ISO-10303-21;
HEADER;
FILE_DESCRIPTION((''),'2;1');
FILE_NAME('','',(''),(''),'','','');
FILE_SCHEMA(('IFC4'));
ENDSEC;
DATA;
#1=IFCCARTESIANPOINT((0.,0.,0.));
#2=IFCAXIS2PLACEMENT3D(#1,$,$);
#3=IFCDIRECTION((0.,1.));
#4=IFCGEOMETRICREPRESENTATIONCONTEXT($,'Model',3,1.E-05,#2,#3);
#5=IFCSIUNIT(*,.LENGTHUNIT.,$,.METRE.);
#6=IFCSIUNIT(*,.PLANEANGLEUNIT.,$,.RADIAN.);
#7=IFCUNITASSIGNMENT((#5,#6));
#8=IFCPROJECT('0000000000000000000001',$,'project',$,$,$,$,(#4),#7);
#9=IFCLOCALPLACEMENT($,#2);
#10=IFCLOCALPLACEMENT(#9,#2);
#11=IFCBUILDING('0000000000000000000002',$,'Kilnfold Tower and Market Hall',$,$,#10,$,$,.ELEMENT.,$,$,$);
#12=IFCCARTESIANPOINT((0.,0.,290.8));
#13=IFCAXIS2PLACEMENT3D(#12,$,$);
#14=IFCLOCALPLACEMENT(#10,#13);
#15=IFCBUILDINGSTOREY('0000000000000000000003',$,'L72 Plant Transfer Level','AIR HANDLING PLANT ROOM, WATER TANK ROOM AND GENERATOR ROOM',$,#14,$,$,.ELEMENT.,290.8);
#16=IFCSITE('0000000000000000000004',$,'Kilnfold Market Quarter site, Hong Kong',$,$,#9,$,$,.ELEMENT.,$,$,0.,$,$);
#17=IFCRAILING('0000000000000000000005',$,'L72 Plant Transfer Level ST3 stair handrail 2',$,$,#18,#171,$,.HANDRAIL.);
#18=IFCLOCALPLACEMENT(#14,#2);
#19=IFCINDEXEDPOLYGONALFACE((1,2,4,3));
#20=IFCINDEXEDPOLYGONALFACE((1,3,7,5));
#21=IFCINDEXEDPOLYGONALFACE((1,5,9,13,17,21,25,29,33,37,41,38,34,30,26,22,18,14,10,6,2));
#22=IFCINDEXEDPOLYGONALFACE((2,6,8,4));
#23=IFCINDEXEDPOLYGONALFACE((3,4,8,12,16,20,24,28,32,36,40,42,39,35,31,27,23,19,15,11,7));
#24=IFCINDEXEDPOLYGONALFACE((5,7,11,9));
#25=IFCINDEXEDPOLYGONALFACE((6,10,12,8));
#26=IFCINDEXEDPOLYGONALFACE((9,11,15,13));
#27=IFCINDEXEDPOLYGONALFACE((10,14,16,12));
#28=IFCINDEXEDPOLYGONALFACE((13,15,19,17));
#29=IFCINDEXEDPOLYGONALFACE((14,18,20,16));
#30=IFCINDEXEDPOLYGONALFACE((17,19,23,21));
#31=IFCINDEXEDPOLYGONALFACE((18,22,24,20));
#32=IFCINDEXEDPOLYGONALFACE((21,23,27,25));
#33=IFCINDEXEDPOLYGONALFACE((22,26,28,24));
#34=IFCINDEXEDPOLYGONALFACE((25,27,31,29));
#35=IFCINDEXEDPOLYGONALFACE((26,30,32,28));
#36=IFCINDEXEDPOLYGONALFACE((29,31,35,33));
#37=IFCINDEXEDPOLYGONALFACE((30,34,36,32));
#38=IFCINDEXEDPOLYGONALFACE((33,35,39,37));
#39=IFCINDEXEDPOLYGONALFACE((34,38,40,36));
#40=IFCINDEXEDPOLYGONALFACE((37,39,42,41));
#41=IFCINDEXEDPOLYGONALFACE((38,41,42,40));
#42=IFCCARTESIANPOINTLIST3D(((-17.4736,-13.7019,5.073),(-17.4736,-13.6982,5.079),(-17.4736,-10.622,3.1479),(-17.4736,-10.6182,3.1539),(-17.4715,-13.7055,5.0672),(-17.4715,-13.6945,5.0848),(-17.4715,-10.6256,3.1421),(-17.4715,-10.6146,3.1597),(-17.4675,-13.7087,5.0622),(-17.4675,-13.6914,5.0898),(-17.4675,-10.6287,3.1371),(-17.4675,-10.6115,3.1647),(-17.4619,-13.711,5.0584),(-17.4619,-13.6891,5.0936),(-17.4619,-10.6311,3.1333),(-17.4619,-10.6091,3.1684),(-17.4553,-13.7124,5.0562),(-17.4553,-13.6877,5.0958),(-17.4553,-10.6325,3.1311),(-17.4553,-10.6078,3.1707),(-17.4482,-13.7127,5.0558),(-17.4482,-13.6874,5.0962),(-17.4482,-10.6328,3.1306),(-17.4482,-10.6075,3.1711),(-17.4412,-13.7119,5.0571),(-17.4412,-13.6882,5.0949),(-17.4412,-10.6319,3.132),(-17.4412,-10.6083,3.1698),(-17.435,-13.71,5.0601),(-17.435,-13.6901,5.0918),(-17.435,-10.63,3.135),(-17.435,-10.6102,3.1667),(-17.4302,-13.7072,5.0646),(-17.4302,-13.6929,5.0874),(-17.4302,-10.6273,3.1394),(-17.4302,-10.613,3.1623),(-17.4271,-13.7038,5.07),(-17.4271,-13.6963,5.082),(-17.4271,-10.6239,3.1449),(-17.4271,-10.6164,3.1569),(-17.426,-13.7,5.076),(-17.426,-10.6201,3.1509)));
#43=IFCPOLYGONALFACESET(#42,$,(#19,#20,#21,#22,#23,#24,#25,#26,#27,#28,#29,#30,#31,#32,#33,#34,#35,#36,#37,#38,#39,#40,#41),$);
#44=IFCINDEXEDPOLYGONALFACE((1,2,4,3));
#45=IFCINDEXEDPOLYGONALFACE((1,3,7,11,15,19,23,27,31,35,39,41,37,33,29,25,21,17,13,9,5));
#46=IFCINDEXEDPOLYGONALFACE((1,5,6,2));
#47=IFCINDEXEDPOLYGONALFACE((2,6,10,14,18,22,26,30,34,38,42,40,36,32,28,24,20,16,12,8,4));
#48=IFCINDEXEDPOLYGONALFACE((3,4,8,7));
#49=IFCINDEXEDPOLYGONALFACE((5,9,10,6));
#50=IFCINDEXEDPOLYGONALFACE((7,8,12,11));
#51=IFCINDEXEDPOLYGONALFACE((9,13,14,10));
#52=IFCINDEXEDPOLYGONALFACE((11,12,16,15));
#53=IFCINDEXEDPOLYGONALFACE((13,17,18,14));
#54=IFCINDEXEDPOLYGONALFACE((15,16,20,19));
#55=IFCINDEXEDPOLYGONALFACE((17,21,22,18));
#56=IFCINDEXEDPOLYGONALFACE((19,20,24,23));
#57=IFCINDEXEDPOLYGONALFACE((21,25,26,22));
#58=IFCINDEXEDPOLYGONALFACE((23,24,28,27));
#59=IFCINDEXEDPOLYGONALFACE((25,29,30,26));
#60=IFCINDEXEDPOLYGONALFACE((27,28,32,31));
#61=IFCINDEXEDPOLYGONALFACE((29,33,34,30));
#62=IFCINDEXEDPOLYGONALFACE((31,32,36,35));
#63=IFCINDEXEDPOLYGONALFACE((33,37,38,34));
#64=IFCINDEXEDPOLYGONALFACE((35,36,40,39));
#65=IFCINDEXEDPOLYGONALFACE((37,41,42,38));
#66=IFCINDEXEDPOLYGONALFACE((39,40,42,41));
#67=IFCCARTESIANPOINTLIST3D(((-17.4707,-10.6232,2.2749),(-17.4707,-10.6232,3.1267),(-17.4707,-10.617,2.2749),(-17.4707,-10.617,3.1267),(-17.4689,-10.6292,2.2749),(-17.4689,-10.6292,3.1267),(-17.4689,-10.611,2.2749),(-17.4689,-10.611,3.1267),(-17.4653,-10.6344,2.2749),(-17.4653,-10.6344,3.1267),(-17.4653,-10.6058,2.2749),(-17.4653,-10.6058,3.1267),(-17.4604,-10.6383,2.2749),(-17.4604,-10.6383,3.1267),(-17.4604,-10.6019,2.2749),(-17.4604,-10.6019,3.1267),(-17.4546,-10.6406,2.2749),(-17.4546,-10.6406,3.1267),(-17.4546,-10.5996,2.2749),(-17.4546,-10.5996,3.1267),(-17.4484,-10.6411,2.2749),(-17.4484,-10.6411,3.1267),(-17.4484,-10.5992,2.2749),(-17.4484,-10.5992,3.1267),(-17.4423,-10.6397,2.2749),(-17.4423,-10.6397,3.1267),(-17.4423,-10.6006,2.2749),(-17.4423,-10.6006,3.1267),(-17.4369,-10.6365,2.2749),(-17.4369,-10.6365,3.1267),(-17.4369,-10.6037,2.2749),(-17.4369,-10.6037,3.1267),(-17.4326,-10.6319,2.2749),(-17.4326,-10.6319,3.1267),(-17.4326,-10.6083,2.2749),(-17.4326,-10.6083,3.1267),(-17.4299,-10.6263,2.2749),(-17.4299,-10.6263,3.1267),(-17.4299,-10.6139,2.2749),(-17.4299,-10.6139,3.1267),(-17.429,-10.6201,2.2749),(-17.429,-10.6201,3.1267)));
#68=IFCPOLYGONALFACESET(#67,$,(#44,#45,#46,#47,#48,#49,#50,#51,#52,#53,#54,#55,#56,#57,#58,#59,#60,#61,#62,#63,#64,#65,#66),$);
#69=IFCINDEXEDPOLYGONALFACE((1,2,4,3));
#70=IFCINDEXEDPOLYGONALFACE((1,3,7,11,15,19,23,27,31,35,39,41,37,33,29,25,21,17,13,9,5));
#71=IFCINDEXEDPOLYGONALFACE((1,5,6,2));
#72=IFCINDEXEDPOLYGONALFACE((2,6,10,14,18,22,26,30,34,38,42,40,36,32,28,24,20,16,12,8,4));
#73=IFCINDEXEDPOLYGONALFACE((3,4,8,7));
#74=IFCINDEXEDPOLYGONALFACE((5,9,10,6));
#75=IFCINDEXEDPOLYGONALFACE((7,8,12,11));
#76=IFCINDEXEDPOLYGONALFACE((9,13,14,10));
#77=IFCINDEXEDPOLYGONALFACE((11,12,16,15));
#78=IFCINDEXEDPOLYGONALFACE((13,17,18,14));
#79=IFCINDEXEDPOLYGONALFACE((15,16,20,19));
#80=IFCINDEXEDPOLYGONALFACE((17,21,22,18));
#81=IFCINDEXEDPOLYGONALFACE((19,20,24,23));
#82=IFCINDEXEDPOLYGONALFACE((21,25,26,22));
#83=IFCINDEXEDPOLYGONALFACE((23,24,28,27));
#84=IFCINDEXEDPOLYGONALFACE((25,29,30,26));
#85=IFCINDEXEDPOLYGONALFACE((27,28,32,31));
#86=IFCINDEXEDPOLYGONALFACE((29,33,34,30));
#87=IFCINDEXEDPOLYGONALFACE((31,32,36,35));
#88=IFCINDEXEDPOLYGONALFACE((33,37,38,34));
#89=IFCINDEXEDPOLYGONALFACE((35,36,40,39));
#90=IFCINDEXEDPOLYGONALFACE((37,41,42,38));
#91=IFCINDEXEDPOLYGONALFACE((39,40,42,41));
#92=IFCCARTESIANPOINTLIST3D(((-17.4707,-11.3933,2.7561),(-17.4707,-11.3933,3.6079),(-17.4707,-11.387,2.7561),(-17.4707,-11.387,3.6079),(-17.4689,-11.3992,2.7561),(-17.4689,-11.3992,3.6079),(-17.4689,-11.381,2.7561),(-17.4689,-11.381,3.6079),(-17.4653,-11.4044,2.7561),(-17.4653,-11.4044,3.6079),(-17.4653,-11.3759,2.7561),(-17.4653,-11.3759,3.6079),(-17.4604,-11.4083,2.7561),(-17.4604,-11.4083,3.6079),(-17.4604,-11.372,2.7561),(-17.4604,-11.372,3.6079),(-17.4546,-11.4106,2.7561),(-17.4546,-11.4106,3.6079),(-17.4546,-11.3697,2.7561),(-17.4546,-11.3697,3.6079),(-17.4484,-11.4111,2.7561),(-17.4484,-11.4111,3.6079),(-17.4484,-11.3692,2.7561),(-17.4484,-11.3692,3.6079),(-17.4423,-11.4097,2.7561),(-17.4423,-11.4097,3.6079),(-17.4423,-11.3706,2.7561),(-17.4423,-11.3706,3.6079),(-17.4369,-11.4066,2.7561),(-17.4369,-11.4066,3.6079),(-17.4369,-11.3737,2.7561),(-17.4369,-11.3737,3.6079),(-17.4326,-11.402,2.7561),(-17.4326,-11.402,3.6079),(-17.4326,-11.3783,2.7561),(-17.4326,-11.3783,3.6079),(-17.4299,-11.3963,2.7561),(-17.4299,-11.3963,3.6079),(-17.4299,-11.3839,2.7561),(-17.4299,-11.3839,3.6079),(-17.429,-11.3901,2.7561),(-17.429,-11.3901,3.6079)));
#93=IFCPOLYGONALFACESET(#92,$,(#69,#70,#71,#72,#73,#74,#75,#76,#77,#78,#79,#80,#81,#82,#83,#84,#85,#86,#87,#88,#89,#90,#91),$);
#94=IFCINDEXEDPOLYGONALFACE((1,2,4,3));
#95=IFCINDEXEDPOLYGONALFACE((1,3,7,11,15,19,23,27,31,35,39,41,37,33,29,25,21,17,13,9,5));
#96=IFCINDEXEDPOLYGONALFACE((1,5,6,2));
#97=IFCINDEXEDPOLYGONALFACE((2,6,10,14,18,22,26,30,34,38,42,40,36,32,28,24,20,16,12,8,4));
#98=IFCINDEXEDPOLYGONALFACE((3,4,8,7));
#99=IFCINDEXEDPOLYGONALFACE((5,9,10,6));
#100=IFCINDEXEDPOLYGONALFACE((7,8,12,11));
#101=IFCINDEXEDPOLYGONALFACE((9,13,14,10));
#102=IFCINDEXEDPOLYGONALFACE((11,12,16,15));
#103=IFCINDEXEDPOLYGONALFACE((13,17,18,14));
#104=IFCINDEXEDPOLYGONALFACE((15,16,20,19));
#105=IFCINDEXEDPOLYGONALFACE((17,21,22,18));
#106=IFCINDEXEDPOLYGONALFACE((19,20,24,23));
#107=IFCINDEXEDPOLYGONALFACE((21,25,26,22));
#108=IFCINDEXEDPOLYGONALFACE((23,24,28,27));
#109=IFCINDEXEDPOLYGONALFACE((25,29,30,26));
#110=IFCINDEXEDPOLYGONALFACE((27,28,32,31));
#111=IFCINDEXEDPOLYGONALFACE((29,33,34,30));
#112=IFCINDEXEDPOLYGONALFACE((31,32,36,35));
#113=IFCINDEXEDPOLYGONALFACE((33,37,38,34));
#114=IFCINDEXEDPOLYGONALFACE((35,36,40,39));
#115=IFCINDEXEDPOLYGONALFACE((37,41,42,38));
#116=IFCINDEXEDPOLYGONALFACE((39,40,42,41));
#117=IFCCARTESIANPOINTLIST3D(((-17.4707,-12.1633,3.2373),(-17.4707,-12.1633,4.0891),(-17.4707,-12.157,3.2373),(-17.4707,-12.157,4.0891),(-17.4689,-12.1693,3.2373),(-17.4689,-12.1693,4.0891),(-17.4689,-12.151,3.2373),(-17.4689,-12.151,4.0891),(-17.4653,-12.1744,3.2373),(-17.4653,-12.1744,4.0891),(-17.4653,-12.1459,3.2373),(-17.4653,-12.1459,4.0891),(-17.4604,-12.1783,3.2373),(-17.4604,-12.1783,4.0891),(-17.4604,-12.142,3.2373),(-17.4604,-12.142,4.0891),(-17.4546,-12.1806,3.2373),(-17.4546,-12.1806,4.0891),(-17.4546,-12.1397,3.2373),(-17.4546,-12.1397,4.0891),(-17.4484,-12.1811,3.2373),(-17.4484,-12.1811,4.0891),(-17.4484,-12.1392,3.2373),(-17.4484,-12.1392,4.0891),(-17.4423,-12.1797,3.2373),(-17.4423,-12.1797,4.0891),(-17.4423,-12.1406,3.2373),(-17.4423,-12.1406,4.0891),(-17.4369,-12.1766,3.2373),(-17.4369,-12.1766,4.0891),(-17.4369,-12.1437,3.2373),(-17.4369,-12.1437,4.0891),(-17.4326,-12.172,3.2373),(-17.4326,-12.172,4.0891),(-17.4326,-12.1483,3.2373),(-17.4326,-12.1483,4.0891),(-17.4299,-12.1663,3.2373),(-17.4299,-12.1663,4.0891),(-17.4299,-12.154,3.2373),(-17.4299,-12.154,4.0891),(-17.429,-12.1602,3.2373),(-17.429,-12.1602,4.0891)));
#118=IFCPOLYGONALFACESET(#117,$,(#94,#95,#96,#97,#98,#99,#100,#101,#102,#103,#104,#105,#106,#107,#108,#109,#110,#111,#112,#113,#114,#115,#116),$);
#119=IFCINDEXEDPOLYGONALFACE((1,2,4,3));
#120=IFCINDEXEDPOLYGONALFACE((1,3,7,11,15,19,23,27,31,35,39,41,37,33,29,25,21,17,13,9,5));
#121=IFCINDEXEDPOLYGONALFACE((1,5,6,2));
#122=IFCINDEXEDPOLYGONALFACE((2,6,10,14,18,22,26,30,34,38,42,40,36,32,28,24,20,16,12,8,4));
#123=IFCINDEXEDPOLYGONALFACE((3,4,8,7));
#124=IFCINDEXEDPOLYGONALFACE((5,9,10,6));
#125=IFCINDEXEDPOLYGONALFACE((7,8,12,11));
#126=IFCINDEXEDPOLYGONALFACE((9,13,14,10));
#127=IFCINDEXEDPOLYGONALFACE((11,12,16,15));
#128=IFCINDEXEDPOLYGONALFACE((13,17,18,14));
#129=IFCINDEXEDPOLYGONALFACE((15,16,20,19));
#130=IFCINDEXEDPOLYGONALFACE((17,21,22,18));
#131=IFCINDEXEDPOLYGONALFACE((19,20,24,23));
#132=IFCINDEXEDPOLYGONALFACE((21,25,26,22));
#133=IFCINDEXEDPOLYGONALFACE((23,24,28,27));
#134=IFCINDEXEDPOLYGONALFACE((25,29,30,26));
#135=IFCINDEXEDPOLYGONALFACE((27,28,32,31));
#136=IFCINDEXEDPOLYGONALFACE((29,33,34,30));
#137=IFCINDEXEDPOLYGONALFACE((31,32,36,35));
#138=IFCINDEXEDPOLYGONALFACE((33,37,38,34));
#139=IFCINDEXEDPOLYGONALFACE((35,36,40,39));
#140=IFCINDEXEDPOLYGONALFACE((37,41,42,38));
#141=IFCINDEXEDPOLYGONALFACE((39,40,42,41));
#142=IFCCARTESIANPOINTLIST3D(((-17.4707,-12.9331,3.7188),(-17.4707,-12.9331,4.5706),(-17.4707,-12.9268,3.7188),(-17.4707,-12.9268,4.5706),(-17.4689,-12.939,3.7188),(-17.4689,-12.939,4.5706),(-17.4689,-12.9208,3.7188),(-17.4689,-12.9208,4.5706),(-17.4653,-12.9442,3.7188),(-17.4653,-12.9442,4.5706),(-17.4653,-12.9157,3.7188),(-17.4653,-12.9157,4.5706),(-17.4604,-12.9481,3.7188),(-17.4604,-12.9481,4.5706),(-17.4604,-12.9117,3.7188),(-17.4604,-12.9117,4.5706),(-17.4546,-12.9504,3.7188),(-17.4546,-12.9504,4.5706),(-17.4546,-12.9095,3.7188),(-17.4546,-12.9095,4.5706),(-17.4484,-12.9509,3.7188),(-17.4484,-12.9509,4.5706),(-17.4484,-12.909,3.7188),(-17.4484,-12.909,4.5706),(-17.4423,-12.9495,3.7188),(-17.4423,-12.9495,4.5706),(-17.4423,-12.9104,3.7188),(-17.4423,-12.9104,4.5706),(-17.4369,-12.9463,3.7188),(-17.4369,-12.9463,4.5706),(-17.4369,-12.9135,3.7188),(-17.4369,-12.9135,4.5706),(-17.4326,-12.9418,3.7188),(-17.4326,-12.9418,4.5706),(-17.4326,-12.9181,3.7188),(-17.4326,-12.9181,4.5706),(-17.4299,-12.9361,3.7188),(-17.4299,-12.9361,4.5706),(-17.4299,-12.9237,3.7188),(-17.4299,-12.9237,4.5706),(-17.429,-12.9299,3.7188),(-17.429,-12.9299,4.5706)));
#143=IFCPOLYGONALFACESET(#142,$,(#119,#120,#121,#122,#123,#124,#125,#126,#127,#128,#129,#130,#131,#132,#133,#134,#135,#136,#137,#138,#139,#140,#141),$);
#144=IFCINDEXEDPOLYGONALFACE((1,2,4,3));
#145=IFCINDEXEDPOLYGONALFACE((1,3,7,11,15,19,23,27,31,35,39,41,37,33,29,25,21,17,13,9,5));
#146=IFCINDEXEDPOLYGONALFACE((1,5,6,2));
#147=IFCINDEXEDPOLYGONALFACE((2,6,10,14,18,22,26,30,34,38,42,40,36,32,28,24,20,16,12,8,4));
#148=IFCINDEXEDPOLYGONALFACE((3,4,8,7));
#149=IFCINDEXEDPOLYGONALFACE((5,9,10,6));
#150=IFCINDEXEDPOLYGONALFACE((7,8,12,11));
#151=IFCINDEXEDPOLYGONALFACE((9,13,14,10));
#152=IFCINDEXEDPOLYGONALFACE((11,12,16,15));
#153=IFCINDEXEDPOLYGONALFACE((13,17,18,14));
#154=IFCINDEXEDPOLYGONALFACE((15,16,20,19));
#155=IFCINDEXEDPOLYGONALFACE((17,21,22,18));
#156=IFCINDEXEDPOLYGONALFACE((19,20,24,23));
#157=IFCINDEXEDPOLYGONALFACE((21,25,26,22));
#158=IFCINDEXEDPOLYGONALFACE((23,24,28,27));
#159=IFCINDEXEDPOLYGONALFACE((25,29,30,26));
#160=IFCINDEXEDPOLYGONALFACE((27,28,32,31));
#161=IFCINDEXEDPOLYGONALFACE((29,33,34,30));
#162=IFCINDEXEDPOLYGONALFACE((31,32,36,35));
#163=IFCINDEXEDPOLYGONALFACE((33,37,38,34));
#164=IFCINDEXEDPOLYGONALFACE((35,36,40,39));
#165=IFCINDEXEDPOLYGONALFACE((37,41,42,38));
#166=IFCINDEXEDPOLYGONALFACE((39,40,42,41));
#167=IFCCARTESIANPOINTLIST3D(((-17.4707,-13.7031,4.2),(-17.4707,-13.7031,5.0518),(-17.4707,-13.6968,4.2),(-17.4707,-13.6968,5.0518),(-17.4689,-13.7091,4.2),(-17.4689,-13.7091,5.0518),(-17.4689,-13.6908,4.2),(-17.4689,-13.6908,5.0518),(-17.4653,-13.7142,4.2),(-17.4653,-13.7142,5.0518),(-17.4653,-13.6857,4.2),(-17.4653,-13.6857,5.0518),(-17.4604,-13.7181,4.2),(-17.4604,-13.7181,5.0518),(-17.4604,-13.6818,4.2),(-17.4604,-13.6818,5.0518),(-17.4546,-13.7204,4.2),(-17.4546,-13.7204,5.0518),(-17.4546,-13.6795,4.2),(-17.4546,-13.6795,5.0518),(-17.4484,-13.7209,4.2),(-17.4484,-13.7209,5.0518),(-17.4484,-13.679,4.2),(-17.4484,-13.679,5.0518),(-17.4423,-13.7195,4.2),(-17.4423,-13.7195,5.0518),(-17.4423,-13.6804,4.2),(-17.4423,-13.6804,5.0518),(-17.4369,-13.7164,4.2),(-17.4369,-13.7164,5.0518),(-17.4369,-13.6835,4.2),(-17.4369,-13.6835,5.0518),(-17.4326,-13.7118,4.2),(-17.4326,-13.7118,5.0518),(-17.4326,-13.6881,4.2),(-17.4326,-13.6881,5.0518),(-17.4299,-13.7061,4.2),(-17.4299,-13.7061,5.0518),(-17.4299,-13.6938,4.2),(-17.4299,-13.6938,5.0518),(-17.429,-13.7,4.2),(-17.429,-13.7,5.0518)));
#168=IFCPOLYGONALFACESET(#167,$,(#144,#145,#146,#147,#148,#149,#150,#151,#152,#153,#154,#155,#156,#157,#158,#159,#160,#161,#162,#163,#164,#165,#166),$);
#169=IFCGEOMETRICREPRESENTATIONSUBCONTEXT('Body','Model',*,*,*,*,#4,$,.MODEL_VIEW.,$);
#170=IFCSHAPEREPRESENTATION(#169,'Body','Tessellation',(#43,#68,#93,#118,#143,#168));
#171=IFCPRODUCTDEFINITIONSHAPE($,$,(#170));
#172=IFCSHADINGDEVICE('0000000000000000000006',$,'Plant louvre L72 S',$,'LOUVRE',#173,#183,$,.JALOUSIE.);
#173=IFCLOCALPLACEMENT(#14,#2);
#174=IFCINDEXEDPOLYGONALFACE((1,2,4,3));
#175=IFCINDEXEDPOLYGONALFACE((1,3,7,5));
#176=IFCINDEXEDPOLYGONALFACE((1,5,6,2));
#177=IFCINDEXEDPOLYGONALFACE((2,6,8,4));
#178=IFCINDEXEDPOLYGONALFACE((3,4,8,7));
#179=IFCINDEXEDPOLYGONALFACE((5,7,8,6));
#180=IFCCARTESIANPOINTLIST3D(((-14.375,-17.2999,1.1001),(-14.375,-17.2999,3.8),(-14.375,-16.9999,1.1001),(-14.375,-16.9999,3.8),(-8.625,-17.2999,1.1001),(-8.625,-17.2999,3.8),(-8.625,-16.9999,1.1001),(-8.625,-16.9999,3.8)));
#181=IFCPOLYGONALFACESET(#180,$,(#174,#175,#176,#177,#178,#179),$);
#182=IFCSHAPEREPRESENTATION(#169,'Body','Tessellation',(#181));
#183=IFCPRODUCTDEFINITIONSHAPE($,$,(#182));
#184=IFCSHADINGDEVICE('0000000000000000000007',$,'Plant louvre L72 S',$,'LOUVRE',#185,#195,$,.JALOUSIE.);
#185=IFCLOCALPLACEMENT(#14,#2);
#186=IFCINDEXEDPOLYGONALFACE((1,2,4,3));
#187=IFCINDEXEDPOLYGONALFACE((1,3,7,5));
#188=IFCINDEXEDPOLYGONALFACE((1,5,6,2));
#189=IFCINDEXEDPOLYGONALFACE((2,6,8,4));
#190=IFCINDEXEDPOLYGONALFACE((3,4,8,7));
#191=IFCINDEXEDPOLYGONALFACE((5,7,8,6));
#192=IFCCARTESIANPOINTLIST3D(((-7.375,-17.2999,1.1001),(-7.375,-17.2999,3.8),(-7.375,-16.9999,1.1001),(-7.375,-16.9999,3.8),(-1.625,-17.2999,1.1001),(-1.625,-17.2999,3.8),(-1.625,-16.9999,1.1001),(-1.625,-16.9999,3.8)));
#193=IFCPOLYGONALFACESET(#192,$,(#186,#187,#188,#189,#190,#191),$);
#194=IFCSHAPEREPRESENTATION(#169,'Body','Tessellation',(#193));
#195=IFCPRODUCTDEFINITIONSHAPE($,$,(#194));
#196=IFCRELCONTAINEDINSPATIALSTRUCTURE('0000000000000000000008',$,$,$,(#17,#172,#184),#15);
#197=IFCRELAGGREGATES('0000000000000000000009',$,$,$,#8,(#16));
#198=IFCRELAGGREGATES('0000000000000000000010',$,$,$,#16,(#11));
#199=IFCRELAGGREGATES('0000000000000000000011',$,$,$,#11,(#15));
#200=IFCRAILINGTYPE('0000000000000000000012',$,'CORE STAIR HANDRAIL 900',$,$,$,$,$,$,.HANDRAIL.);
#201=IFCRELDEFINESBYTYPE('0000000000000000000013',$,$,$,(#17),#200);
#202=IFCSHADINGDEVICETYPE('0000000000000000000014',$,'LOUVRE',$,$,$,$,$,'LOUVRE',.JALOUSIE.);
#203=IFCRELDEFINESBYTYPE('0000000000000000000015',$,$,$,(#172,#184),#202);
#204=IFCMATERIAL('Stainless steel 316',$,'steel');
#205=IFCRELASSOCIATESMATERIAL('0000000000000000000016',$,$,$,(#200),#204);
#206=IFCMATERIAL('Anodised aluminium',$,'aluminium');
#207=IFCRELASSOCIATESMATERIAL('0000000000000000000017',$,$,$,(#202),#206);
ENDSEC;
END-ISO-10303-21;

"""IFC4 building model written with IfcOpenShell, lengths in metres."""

from ifc_helpers import new_model, si_unit, direction, frame, origin, origin_2d, place, context, subcontext, project, spatial, rectangle, circle, extrude, source, transform, mapped, material, type_object, element, save


model = new_model("IFC4")

# Units and contexts
model_context = context("Model", 3, precision=1e-05, world=origin(), true_north=direction((0.0, 1.0)))
body_context = subcontext(model_context, "Body", "Model", "MODEL_VIEW")
ifc_project = project(units=[si_unit("LENGTHUNIT", "METRE"), si_unit("PLANEANGLEUNIT", "RADIAN")], contexts=[model_context])

# Site, building, storey
site_placement = place(None, origin())
site = spatial("IfcSite", under=ifc_project, at=site_placement, Name="Kilnfold Market Quarter site, Hong Kong", CompositionType="ELEMENT", RefElevation=0.0)
building_placement = place(site_placement, origin())
building = spatial("IfcBuilding", under=site, at=building_placement, Name="Kilnfold Tower and Market Hall", CompositionType="ELEMENT")
storey_placement = place(building_placement, frame((0.0, 0.0, 290.8)))
storey = spatial("IfcBuildingStorey", under=building, at=storey_placement, Name="L72 Plant Transfer Level", Description="AIR HANDLING PLANT ROOM, WATER TANK ROOM AND GENERATOR ROOM", CompositionType="ELEMENT", Elevation=290.8)

# Railing
ifc_material_1 = material(Name="Stainless steel 316", Category="steel")
railing_type_1 = type_object("IfcRailingType", Name="CORE STAIR HANDRAIL 900", PredefinedType="HANDRAIL", material=ifc_material_1)
railing_1_placement = place(storey_placement, frame((-17.45, -10.6201, 2.2749)))
element("IfcRailing", 1, at=railing_1_placement, inside=storey, type_object=railing_type_1, Name="L72 Plant Transfer Level ST3 stair handrail 2", PredefinedType="HANDRAIL", context=body_context, shape_type="SweptSolid", body=[
    extrude(circle(Radius=0.0239, at=origin_2d()), frame((0.0, 0.0, 0.876), z_axis=(0.0, -0.847979, 0.530029), x_axis=(1.0, 0.0, 0.0)), (0.0, 0.0, 1.0), 3.6321),
    extrude(circle(Radius=0.021, at=origin_2d()), origin(), (0.0, 0.0, 1.0), 0.8518),
    extrude(circle(Radius=0.021, at=origin_2d()), frame((0.0, -0.77, 0.4812)), (0.0, 0.0, 1.0), 0.8518),
    extrude(circle(Radius=0.021, at=origin_2d()), frame((0.0, -1.54, 0.9624)), (0.0, 0.0, 1.0), 0.8518),
    extrude(circle(Radius=0.021, at=origin_2d()), frame((0.0, -2.3098, 1.4438)), (0.0, 0.0, 1.0), 0.8518),
    extrude(circle(Radius=0.021, at=origin_2d()), frame((0.0, -3.0798, 1.925)), (0.0, 0.0, 1.0), 0.8518),
])

# Shading devices
ifc_material_2 = material(Name="Anodised aluminium", Category="aluminium")
shading_device_type = type_object("IfcShadingDeviceType", Name="LOUVRE", ElementType="LOUVRE", PredefinedType="JALOUSIE", material=ifc_material_2)
shared_shape_1 = source(origin(), body_context, "Body", "SweptSolid", [
    extrude(rectangle(XDim=5.75, YDim=0.3, at=origin_2d()), origin(), (0.0, 0.0, 1.0), 2.7),
])
for number, where, z_axis, x_axis, name in (
    (2, (-11.5, -17.1499, 1.1001), (0.0, 0.0, 1.0), (1.0, 0.0, 0.0), "Plant louvre L72 S"),
    (3, (-4.5, -17.1499, 1.1001), (0.0, 0.0, 1.0), (1.0, 0.0, 0.0), "Plant louvre L72 S"),
):
    element("IfcShadingDevice", number, at=place(storey_placement, frame(where, z_axis=z_axis, x_axis=x_axis)), inside=storey, type_object=shading_device_type, Name=name, ObjectType="LOUVRE", PredefinedType="JALOUSIE", context=body_context, shape_type="MappedRepresentation", body=[
        mapped(shared_shape_1, transform((0.0, 0.0, 0.0))),
    ])

save(model, "model.ifc")
